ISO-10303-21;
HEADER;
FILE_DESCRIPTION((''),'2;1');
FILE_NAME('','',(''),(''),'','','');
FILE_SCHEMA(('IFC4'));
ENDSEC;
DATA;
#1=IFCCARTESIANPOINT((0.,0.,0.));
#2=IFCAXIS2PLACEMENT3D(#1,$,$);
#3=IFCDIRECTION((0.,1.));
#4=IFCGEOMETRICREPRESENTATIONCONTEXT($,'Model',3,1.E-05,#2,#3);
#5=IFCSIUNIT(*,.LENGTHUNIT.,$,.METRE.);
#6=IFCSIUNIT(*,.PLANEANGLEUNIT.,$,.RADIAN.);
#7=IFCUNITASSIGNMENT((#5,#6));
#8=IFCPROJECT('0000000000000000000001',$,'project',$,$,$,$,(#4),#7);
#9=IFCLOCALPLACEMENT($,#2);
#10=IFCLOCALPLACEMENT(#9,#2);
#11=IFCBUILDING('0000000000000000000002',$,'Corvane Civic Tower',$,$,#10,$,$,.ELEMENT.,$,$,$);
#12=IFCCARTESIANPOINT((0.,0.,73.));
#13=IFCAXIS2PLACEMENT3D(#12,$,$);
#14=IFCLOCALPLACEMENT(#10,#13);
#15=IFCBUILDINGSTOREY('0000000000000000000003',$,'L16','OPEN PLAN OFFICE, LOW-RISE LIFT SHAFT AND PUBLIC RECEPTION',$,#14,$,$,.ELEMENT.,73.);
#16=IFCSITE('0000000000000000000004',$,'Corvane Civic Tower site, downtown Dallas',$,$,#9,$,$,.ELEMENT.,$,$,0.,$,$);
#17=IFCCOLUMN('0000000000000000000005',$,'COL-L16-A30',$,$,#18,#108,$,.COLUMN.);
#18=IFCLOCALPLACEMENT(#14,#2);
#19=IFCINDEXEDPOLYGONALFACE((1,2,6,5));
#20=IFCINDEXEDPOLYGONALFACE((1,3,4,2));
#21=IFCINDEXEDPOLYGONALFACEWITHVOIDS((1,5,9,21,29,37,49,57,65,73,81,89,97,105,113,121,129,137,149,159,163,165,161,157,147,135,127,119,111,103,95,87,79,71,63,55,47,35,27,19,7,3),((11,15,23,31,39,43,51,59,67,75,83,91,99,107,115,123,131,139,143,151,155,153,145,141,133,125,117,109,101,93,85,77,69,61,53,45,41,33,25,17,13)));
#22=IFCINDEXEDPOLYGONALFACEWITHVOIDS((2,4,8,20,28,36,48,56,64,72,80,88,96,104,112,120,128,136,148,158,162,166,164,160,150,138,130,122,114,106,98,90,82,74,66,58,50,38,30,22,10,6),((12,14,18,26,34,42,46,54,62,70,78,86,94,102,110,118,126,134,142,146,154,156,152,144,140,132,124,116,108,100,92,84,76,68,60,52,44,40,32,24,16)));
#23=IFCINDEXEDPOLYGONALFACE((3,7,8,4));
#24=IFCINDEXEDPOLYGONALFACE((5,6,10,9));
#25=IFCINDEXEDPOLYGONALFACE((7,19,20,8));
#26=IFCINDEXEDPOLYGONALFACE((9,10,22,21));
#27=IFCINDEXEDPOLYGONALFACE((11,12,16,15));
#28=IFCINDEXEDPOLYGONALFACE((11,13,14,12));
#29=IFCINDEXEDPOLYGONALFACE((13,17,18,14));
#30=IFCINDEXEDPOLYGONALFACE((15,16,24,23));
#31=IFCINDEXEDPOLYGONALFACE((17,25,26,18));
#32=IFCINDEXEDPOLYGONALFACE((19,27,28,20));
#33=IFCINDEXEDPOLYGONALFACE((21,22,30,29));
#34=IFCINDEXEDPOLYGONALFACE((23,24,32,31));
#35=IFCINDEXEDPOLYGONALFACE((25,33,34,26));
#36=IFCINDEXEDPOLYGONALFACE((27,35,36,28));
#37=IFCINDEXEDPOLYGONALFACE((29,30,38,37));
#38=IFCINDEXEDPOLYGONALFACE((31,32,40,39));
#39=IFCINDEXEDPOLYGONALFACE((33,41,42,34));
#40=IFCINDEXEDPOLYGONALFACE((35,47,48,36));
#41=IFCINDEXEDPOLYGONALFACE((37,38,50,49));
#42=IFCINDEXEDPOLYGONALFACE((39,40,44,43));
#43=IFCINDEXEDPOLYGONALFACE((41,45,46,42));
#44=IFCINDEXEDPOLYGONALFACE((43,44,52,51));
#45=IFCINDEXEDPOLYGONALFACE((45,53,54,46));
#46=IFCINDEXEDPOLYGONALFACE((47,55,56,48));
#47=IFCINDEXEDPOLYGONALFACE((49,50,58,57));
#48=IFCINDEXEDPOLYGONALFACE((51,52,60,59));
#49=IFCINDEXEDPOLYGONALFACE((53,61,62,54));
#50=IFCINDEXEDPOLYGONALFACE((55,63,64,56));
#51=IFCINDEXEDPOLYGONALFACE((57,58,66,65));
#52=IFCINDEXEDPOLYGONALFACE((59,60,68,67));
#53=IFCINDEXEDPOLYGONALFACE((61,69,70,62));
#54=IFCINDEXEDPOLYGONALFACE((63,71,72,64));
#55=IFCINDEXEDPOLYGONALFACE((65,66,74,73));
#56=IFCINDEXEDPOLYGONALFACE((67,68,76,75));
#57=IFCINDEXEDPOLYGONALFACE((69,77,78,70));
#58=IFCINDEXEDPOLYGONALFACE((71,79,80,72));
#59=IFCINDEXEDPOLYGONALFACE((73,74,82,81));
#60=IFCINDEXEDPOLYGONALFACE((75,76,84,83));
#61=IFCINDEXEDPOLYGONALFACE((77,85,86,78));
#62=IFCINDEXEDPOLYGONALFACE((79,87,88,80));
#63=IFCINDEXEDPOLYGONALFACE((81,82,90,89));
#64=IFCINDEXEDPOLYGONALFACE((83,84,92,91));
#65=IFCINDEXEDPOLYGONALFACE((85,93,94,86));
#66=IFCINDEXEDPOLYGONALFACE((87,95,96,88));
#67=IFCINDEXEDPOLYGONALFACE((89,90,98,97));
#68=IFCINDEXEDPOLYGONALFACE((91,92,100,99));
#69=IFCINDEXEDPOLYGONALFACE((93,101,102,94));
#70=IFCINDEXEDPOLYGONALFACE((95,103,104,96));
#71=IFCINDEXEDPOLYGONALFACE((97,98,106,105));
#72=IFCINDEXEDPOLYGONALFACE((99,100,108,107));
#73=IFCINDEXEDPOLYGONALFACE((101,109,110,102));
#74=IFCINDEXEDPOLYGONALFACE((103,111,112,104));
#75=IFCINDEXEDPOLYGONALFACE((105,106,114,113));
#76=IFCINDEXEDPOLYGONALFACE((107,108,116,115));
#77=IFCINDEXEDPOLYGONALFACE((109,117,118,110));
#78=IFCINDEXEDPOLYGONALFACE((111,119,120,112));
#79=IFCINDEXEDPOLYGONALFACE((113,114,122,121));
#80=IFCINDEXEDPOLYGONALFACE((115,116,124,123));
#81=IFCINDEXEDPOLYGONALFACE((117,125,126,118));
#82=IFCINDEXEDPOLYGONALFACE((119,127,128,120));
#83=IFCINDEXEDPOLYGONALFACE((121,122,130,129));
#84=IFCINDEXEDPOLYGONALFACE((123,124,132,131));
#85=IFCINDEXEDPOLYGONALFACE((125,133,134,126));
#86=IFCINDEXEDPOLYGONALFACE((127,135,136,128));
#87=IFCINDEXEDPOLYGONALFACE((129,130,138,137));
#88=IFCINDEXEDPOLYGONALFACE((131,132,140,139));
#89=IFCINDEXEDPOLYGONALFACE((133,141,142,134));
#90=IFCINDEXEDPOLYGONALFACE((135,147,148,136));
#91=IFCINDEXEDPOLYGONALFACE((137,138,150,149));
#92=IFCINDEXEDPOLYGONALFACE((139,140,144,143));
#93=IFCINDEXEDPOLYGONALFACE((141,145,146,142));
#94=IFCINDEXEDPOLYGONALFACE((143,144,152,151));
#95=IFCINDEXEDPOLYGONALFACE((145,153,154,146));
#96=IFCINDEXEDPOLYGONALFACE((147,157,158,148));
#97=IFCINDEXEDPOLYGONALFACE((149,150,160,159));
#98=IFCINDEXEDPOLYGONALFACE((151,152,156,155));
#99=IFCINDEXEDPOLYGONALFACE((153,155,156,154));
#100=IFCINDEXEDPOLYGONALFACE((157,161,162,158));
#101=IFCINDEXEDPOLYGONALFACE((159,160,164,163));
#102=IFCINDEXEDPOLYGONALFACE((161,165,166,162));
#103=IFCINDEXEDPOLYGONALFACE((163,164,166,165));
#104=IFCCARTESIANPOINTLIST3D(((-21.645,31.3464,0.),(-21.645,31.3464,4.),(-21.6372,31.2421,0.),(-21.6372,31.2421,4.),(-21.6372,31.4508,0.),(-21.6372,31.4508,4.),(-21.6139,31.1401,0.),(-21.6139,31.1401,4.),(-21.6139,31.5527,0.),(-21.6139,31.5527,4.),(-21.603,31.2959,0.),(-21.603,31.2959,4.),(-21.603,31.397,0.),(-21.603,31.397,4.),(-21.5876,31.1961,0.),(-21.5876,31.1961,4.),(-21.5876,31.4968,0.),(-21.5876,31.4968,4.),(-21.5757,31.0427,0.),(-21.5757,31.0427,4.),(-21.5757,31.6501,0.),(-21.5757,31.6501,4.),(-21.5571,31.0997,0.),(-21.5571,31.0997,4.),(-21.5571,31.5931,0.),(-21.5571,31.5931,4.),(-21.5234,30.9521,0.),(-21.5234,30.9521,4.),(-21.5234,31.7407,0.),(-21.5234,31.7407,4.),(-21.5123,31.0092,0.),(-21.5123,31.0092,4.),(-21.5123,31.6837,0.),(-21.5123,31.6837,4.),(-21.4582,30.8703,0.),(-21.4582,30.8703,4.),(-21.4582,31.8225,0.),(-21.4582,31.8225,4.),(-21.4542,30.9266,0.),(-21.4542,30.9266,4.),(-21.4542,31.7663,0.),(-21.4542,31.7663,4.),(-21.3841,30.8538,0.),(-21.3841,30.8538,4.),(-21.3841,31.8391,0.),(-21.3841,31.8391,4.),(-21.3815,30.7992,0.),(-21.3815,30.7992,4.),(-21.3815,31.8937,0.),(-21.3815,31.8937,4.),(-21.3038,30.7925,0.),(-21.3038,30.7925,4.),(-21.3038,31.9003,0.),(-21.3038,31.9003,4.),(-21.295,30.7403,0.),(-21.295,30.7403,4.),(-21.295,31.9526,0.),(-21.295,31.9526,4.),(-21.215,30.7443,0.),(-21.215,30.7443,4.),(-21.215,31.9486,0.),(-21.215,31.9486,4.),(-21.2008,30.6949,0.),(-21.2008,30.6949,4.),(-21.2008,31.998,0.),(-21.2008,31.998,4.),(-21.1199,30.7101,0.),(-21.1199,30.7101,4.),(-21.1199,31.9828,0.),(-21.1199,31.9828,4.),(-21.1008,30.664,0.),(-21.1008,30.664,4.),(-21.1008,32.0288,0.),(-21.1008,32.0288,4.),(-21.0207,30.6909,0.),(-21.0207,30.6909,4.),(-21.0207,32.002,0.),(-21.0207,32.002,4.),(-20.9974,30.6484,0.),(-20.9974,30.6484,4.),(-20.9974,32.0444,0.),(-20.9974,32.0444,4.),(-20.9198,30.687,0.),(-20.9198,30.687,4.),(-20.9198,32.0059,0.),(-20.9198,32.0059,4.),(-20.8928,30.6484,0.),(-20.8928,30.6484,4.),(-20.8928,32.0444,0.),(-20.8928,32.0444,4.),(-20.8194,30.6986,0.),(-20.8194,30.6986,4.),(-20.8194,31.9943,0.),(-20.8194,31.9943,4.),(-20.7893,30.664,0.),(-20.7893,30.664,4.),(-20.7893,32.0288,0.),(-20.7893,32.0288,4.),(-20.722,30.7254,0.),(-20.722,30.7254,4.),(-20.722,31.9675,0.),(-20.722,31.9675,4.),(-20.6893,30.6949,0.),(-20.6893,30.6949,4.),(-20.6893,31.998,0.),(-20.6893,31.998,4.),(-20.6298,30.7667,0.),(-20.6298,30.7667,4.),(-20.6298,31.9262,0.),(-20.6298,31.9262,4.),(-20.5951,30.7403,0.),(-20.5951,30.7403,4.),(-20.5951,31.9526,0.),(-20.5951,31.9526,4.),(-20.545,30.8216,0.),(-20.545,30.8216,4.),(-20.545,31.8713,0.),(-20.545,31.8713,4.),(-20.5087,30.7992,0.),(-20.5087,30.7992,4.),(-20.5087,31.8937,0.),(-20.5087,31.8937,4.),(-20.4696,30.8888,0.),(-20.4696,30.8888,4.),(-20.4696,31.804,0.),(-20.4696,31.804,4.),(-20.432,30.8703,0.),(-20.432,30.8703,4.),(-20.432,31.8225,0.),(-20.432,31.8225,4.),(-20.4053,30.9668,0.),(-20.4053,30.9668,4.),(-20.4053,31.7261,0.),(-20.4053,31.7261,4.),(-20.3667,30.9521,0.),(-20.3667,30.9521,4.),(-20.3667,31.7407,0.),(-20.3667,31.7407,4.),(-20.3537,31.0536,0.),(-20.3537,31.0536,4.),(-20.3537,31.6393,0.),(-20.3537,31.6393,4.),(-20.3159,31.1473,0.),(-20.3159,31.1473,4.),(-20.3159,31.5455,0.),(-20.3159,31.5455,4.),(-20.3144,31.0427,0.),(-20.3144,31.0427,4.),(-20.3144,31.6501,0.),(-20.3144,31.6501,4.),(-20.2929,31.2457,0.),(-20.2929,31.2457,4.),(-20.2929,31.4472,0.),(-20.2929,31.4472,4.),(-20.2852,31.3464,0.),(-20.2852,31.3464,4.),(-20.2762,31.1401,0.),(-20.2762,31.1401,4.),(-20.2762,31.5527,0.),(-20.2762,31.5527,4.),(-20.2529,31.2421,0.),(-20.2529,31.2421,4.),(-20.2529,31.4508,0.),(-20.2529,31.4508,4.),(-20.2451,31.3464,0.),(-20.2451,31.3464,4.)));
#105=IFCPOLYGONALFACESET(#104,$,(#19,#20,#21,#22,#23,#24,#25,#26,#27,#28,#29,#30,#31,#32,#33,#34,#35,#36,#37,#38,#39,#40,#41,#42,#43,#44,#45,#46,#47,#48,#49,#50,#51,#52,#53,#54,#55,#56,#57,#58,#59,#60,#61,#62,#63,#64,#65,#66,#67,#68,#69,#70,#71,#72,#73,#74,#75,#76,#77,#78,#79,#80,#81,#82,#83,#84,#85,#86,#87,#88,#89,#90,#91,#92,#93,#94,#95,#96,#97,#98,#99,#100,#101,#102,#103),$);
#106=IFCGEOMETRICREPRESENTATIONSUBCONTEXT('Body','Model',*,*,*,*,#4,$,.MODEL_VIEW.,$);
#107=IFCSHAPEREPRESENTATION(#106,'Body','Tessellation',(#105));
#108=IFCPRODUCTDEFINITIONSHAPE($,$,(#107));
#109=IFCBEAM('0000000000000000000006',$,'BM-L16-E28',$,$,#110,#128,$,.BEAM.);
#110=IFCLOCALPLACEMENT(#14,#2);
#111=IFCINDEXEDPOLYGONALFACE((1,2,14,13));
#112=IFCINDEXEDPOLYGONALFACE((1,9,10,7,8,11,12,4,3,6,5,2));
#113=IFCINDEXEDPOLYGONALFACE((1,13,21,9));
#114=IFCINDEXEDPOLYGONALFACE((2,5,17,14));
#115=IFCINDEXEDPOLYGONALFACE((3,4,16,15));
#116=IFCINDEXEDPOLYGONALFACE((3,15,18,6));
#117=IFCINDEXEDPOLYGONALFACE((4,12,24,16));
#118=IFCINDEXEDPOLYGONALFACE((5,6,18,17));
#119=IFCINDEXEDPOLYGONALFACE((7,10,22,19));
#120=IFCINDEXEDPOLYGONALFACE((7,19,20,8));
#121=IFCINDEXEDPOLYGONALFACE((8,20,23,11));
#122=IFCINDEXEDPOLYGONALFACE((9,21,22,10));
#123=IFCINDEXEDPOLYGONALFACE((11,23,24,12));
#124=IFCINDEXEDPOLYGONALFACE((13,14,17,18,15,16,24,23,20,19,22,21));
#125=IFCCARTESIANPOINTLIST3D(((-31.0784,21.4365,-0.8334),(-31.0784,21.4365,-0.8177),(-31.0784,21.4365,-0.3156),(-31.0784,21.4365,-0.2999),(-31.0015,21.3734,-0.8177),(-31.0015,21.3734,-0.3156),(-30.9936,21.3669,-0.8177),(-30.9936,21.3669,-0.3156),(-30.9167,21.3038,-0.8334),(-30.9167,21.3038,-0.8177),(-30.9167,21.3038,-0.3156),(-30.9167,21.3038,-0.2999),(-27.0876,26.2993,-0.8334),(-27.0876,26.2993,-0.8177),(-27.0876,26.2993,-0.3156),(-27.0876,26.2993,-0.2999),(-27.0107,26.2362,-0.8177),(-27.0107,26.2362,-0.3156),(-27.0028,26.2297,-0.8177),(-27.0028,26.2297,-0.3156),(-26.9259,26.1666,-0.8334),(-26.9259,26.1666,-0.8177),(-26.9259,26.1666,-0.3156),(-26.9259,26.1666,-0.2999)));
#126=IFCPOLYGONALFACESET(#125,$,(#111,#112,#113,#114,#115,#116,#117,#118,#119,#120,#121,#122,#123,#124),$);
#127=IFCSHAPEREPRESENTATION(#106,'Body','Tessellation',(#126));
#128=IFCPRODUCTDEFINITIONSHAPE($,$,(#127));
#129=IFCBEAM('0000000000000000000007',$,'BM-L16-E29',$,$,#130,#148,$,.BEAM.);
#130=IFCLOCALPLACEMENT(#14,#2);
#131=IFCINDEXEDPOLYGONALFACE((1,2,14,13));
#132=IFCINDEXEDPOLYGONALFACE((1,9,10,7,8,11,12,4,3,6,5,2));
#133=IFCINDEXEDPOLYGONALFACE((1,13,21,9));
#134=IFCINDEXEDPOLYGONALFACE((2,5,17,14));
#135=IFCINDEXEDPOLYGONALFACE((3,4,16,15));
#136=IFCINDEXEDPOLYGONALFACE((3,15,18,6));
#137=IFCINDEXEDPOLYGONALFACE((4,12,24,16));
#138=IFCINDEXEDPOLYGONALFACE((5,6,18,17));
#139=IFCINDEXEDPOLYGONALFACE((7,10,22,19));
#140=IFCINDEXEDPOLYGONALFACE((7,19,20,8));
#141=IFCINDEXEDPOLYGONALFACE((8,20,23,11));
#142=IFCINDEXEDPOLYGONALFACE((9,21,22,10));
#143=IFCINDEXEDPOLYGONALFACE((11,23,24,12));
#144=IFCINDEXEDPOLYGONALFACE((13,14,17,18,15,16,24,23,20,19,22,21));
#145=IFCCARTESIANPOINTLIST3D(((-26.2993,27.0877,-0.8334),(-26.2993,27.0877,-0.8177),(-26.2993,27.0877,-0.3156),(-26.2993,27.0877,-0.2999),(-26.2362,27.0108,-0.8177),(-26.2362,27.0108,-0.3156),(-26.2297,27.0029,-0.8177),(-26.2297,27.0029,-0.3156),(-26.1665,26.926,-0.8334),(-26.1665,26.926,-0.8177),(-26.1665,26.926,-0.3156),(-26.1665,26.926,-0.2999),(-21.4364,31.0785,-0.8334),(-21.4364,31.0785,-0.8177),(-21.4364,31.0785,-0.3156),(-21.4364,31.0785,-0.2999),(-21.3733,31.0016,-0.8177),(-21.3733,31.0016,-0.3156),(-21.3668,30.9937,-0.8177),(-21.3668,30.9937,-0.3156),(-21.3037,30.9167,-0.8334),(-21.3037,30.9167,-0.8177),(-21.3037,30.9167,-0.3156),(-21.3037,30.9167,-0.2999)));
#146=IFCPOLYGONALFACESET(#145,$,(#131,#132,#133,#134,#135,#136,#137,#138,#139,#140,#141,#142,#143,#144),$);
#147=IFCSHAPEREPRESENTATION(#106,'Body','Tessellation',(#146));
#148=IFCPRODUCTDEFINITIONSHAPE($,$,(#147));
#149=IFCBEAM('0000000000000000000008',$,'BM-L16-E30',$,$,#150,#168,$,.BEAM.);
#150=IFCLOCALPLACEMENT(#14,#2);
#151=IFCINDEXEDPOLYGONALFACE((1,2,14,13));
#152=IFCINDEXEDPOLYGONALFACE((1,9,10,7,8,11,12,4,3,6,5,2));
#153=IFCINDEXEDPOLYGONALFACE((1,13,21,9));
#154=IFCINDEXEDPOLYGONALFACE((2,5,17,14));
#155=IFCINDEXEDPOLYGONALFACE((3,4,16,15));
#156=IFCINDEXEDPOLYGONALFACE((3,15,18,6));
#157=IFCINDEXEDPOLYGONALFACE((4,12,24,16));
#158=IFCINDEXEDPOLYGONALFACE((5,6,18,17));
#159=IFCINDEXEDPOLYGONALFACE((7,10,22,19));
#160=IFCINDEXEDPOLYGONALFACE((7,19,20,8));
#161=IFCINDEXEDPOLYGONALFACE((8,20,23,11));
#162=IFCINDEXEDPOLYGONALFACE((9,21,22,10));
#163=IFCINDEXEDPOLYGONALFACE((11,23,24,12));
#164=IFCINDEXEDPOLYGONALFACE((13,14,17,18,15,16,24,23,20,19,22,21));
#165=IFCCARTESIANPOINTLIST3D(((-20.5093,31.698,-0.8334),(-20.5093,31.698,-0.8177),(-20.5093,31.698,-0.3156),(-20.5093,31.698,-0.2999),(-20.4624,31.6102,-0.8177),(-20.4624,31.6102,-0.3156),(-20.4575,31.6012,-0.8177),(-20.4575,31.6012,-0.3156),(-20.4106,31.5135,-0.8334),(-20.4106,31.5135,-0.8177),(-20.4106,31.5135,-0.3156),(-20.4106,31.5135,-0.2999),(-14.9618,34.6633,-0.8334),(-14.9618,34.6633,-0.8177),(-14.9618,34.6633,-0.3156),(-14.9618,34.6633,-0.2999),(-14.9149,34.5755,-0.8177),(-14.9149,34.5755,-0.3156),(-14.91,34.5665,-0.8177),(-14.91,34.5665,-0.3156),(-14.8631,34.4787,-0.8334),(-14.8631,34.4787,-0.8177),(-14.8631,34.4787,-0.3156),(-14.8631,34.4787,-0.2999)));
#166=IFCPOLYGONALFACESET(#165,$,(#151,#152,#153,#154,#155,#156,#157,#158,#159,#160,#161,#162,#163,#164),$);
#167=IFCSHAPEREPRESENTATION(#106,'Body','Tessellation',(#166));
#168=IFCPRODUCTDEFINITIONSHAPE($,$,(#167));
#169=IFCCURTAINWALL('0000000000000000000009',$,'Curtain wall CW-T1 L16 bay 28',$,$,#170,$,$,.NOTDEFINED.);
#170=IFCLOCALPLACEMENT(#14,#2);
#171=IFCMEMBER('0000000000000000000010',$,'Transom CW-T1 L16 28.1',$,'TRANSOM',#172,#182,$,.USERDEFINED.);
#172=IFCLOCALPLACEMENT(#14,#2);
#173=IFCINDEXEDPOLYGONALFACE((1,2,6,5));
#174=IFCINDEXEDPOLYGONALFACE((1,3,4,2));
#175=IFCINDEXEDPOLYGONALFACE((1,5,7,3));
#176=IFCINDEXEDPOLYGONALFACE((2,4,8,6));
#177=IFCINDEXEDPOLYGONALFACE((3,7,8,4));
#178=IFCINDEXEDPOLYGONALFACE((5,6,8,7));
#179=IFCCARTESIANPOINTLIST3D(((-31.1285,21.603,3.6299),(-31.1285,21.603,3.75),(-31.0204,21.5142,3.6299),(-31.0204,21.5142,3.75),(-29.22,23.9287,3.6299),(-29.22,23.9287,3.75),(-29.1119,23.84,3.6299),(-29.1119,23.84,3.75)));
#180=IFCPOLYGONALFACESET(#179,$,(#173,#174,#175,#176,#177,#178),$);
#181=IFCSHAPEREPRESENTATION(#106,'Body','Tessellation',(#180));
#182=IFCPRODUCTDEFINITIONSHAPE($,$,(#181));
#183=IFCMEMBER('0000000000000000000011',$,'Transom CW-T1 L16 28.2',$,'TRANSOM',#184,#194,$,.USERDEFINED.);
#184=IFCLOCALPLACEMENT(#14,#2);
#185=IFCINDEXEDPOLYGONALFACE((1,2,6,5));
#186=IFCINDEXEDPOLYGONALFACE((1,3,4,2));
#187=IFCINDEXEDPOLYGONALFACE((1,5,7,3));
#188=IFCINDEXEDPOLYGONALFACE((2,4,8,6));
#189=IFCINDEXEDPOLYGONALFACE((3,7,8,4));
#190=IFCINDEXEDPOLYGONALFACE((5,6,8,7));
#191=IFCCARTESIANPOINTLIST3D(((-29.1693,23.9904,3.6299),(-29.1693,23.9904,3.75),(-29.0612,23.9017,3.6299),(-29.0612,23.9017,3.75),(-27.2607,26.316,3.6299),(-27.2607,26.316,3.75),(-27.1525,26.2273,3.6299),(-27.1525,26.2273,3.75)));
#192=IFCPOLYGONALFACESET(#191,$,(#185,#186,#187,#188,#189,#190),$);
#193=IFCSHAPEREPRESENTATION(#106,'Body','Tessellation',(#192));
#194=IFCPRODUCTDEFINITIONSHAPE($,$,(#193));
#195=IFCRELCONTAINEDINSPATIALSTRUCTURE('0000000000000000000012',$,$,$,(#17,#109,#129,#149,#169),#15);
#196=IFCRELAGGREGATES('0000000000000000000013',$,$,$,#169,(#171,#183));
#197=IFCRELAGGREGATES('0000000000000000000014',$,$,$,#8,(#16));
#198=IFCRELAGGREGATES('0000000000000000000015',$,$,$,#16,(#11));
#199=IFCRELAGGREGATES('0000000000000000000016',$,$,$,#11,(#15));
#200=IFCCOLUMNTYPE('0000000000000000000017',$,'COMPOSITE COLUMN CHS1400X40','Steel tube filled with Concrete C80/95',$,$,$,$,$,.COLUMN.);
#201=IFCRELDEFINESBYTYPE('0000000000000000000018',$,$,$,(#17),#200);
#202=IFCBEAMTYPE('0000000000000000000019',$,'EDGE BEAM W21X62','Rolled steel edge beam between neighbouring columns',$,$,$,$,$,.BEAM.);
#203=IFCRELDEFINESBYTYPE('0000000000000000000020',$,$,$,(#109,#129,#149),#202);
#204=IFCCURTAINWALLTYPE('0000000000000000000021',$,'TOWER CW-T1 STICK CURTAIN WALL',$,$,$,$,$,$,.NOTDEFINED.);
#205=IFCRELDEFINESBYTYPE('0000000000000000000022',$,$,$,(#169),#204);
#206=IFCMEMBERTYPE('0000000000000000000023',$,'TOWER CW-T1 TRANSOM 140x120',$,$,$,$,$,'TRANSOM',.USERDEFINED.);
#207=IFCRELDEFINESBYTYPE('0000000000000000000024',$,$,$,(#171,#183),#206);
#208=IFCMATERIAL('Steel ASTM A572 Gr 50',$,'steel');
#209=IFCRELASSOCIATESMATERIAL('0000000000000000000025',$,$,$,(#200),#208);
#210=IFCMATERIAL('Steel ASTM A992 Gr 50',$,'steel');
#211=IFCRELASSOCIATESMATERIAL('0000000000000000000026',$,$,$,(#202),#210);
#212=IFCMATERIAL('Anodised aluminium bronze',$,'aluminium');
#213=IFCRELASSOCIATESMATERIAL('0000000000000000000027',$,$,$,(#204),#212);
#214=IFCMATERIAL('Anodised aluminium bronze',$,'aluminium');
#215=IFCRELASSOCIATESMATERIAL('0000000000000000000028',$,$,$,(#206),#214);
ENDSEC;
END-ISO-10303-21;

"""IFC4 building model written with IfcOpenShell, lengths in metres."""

from ifc_helpers import new_model, si_unit, direction, frame, origin, origin_2d, place, context, subcontext, project, spatial, rectangle, hollow_circle, i_section, extrude, material, material_profile, profile_set, type_object, element, aggregate, save


model = new_model("IFC4")

# Units and contexts
model_context = context("Model", 3, precision=1e-05, world=origin(), true_north=direction((0.0, 1.0)))
body_context = subcontext(model_context, "Body", "Model", "MODEL_VIEW")
ifc_project = project(units=[si_unit("LENGTHUNIT", "METRE"), si_unit("PLANEANGLEUNIT", "RADIAN")], contexts=[model_context])

# Site, building, storey
site_placement = place(None, origin())
site = spatial("IfcSite", under=ifc_project, at=site_placement, Name="Corvane Civic Tower site, downtown Dallas", CompositionType="ELEMENT", RefElevation=0.0)
building_placement = place(site_placement, origin())
building = spatial("IfcBuilding", under=site, at=building_placement, Name="Corvane Civic Tower", CompositionType="ELEMENT")
storey_placement = place(building_placement, frame((0.0, 0.0, 73.0)))
storey = spatial("IfcBuildingStorey", under=building, at=storey_placement, Name="L16", Description="OPEN PLAN OFFICE, LOW-RISE LIFT SHAFT AND PUBLIC RECEPTION", CompositionType="ELEMENT", Elevation=73.0)

# Column
ifc_material_1 = material(Name="Steel ASTM A572 Gr 50", Category="steel")
ifc_material_profile_1 = material_profile(ifc_material_1, hollow_circle(Radius=0.7, WallThickness=0.04, at=origin_2d()), Name="CHS1400X40")
ifc_profile_set_1 = profile_set([ifc_material_profile_1], Name="Steel ASTM A572 Gr 50")
column_type = type_object("IfcColumnType", Name="COMPOSITE COLUMN CHS1400X40", Description="Steel tube filled with Concrete C80/95", PredefinedType="COLUMN", material=ifc_profile_set_1)
for number, where, z_axis, x_axis, name in (
    (1, (-20.9451, 31.3464, 0.0), (0.0, 0.0, 1.0), (1.0, 0.0, 0.0), "COL-L16-A30"),
):
    element("IfcColumn", number, at=place(storey_placement, frame(where, z_axis=z_axis, x_axis=x_axis)), inside=storey, type_object=column_type, Name=name, PredefinedType="COLUMN", context=body_context, shape_type="SweptSolid", body=[
        extrude(hollow_circle(Radius=0.7, WallThickness=0.04, at=origin_2d()), origin(), (0.0, 0.0, 1.0), 4.0),
    ])

# Beams
ifc_material_2 = material(Name="Steel ASTM A992 Gr 50", Category="steel")
ifc_material_profile_2 = material_profile(ifc_material_2, i_section(OverallWidth=0.2092, OverallDepth=0.5334, WebThickness=0.0103, FlangeThickness=0.0156, at=origin_2d()), Name="W21X62")
ifc_profile_set_2 = profile_set([ifc_material_profile_2], Name="Steel ASTM A992 Gr 50")
beam_type = type_object("IfcBeamType", Name="EDGE BEAM W21X62", Description="Rolled steel edge beam between neighbouring columns", PredefinedType="BEAM", material=ifc_profile_set_2)
for number, where, z_axis, x_axis, name in (
    (2, (-30.9976, 21.3701, -0.5667), (0.634387, 0.773016, 0.0), (-0.773016, 0.634387, 0.0), "BM-L16-E28"),
    (3, (-26.2329, 27.0068, -0.5667), (0.773016, 0.634387, 0.0), (-0.634387, 0.773016, 0.0), "BM-L16-E29"),
):
    element("IfcBeam", number, at=place(storey_placement, frame(where, z_axis=z_axis, x_axis=x_axis)), inside=storey, type_object=beam_type, Name=name, PredefinedType="BEAM", context=body_context, shape_type="SweptSolid", body=[
        extrude(i_section(OverallWidth=0.2092, OverallDepth=0.5334, WebThickness=0.0103, FlangeThickness=0.0156, at=origin_2d()), origin(), (0.0, 0.0, 1.0), 6.2908),
    ])
beam_placement = place(storey_placement, frame((-20.46, 31.6057, -0.5667), z_axis=(0.881916, 0.471406, 0.0), x_axis=(-0.471406, 0.881916, 0.0)))
element("IfcBeam", 4, at=beam_placement, inside=storey, type_object=beam_type, Name="BM-L16-E30", PredefinedType="BEAM", context=body_context, shape_type="SweptSolid", body=[
    extrude(i_section(OverallWidth=0.2092, OverallDepth=0.5334, WebThickness=0.0103, FlangeThickness=0.0156, at=origin_2d()), origin(), (0.0, 0.0, 1.0), 6.2903),
])

# Curtain wall, members
ifc_material_3 = material(Name="Anodised aluminium bronze", Category="aluminium")
curtain_wall_type = type_object("IfcCurtainWallType", Name="TOWER CW-T1 STICK CURTAIN WALL", PredefinedType="NOTDEFINED", material=ifc_material_3)
curtain_wall_1_placement = place(storey_placement, origin())
curtain_wall_1 = element("IfcCurtainWall", 5, at=curtain_wall_1_placement, inside=storey, type_object=curtain_wall_type, Name="Curtain wall CW-T1 L16 bay 28", PredefinedType="NOTDEFINED")
ifc_material_4 = material(Name="Anodised aluminium bronze", Category="aluminium")
ifc_material_profile_3 = material_profile(ifc_material_4, rectangle(XDim=0.1399, YDim=0.1201, at=origin_2d()), Name="TOWER CW-T1 TRANSOM 140x120")
ifc_profile_set_3 = profile_set([ifc_material_profile_3], Name="Anodised aluminium bronze")
member_type_1 = type_object("IfcMemberType", Name="TOWER CW-T1 TRANSOM 140x120", ElementType="TRANSOM", PredefinedType="USERDEFINED", material=ifc_profile_set_3)
member_1_placement = place(storey_placement, frame((-31.0745, 21.5586, 3.6899), z_axis=(0.634355, 0.773042, 0.0), x_axis=(-0.773042, 0.634355, 0.0)))
member_1 = element("IfcMember", 6, at=member_1_placement, type_object=member_type_1, Name="Transom CW-T1 L16 28.1", ObjectType="TRANSOM", PredefinedType="USERDEFINED", context=body_context, shape_type="SweptSolid", body=[
    extrude(rectangle(XDim=0.1399, YDim=0.1201, at=origin_2d()), origin(), (0.0, 0.0, 1.0), 3.0085),
])
member_2_placement = place(storey_placement, frame((-29.1152, 23.946, 3.6899), z_axis=(0.634404, 0.773002, 0.0), x_axis=(-0.773002, 0.634404, 0.0)))
member_2 = element("IfcMember", 7, at=member_2_placement, type_object=member_type_1, Name="Transom CW-T1 L16 28.2", ObjectType="TRANSOM", PredefinedType="USERDEFINED", context=body_context, shape_type="SweptSolid", body=[
    extrude(rectangle(XDim=0.1399, YDim=0.1201, at=origin_2d()), origin(), (0.0, 0.0, 1.0), 3.0085),
])

aggregate(curtain_wall_1, [member_1, member_2])

save(model, "model.ifc")
